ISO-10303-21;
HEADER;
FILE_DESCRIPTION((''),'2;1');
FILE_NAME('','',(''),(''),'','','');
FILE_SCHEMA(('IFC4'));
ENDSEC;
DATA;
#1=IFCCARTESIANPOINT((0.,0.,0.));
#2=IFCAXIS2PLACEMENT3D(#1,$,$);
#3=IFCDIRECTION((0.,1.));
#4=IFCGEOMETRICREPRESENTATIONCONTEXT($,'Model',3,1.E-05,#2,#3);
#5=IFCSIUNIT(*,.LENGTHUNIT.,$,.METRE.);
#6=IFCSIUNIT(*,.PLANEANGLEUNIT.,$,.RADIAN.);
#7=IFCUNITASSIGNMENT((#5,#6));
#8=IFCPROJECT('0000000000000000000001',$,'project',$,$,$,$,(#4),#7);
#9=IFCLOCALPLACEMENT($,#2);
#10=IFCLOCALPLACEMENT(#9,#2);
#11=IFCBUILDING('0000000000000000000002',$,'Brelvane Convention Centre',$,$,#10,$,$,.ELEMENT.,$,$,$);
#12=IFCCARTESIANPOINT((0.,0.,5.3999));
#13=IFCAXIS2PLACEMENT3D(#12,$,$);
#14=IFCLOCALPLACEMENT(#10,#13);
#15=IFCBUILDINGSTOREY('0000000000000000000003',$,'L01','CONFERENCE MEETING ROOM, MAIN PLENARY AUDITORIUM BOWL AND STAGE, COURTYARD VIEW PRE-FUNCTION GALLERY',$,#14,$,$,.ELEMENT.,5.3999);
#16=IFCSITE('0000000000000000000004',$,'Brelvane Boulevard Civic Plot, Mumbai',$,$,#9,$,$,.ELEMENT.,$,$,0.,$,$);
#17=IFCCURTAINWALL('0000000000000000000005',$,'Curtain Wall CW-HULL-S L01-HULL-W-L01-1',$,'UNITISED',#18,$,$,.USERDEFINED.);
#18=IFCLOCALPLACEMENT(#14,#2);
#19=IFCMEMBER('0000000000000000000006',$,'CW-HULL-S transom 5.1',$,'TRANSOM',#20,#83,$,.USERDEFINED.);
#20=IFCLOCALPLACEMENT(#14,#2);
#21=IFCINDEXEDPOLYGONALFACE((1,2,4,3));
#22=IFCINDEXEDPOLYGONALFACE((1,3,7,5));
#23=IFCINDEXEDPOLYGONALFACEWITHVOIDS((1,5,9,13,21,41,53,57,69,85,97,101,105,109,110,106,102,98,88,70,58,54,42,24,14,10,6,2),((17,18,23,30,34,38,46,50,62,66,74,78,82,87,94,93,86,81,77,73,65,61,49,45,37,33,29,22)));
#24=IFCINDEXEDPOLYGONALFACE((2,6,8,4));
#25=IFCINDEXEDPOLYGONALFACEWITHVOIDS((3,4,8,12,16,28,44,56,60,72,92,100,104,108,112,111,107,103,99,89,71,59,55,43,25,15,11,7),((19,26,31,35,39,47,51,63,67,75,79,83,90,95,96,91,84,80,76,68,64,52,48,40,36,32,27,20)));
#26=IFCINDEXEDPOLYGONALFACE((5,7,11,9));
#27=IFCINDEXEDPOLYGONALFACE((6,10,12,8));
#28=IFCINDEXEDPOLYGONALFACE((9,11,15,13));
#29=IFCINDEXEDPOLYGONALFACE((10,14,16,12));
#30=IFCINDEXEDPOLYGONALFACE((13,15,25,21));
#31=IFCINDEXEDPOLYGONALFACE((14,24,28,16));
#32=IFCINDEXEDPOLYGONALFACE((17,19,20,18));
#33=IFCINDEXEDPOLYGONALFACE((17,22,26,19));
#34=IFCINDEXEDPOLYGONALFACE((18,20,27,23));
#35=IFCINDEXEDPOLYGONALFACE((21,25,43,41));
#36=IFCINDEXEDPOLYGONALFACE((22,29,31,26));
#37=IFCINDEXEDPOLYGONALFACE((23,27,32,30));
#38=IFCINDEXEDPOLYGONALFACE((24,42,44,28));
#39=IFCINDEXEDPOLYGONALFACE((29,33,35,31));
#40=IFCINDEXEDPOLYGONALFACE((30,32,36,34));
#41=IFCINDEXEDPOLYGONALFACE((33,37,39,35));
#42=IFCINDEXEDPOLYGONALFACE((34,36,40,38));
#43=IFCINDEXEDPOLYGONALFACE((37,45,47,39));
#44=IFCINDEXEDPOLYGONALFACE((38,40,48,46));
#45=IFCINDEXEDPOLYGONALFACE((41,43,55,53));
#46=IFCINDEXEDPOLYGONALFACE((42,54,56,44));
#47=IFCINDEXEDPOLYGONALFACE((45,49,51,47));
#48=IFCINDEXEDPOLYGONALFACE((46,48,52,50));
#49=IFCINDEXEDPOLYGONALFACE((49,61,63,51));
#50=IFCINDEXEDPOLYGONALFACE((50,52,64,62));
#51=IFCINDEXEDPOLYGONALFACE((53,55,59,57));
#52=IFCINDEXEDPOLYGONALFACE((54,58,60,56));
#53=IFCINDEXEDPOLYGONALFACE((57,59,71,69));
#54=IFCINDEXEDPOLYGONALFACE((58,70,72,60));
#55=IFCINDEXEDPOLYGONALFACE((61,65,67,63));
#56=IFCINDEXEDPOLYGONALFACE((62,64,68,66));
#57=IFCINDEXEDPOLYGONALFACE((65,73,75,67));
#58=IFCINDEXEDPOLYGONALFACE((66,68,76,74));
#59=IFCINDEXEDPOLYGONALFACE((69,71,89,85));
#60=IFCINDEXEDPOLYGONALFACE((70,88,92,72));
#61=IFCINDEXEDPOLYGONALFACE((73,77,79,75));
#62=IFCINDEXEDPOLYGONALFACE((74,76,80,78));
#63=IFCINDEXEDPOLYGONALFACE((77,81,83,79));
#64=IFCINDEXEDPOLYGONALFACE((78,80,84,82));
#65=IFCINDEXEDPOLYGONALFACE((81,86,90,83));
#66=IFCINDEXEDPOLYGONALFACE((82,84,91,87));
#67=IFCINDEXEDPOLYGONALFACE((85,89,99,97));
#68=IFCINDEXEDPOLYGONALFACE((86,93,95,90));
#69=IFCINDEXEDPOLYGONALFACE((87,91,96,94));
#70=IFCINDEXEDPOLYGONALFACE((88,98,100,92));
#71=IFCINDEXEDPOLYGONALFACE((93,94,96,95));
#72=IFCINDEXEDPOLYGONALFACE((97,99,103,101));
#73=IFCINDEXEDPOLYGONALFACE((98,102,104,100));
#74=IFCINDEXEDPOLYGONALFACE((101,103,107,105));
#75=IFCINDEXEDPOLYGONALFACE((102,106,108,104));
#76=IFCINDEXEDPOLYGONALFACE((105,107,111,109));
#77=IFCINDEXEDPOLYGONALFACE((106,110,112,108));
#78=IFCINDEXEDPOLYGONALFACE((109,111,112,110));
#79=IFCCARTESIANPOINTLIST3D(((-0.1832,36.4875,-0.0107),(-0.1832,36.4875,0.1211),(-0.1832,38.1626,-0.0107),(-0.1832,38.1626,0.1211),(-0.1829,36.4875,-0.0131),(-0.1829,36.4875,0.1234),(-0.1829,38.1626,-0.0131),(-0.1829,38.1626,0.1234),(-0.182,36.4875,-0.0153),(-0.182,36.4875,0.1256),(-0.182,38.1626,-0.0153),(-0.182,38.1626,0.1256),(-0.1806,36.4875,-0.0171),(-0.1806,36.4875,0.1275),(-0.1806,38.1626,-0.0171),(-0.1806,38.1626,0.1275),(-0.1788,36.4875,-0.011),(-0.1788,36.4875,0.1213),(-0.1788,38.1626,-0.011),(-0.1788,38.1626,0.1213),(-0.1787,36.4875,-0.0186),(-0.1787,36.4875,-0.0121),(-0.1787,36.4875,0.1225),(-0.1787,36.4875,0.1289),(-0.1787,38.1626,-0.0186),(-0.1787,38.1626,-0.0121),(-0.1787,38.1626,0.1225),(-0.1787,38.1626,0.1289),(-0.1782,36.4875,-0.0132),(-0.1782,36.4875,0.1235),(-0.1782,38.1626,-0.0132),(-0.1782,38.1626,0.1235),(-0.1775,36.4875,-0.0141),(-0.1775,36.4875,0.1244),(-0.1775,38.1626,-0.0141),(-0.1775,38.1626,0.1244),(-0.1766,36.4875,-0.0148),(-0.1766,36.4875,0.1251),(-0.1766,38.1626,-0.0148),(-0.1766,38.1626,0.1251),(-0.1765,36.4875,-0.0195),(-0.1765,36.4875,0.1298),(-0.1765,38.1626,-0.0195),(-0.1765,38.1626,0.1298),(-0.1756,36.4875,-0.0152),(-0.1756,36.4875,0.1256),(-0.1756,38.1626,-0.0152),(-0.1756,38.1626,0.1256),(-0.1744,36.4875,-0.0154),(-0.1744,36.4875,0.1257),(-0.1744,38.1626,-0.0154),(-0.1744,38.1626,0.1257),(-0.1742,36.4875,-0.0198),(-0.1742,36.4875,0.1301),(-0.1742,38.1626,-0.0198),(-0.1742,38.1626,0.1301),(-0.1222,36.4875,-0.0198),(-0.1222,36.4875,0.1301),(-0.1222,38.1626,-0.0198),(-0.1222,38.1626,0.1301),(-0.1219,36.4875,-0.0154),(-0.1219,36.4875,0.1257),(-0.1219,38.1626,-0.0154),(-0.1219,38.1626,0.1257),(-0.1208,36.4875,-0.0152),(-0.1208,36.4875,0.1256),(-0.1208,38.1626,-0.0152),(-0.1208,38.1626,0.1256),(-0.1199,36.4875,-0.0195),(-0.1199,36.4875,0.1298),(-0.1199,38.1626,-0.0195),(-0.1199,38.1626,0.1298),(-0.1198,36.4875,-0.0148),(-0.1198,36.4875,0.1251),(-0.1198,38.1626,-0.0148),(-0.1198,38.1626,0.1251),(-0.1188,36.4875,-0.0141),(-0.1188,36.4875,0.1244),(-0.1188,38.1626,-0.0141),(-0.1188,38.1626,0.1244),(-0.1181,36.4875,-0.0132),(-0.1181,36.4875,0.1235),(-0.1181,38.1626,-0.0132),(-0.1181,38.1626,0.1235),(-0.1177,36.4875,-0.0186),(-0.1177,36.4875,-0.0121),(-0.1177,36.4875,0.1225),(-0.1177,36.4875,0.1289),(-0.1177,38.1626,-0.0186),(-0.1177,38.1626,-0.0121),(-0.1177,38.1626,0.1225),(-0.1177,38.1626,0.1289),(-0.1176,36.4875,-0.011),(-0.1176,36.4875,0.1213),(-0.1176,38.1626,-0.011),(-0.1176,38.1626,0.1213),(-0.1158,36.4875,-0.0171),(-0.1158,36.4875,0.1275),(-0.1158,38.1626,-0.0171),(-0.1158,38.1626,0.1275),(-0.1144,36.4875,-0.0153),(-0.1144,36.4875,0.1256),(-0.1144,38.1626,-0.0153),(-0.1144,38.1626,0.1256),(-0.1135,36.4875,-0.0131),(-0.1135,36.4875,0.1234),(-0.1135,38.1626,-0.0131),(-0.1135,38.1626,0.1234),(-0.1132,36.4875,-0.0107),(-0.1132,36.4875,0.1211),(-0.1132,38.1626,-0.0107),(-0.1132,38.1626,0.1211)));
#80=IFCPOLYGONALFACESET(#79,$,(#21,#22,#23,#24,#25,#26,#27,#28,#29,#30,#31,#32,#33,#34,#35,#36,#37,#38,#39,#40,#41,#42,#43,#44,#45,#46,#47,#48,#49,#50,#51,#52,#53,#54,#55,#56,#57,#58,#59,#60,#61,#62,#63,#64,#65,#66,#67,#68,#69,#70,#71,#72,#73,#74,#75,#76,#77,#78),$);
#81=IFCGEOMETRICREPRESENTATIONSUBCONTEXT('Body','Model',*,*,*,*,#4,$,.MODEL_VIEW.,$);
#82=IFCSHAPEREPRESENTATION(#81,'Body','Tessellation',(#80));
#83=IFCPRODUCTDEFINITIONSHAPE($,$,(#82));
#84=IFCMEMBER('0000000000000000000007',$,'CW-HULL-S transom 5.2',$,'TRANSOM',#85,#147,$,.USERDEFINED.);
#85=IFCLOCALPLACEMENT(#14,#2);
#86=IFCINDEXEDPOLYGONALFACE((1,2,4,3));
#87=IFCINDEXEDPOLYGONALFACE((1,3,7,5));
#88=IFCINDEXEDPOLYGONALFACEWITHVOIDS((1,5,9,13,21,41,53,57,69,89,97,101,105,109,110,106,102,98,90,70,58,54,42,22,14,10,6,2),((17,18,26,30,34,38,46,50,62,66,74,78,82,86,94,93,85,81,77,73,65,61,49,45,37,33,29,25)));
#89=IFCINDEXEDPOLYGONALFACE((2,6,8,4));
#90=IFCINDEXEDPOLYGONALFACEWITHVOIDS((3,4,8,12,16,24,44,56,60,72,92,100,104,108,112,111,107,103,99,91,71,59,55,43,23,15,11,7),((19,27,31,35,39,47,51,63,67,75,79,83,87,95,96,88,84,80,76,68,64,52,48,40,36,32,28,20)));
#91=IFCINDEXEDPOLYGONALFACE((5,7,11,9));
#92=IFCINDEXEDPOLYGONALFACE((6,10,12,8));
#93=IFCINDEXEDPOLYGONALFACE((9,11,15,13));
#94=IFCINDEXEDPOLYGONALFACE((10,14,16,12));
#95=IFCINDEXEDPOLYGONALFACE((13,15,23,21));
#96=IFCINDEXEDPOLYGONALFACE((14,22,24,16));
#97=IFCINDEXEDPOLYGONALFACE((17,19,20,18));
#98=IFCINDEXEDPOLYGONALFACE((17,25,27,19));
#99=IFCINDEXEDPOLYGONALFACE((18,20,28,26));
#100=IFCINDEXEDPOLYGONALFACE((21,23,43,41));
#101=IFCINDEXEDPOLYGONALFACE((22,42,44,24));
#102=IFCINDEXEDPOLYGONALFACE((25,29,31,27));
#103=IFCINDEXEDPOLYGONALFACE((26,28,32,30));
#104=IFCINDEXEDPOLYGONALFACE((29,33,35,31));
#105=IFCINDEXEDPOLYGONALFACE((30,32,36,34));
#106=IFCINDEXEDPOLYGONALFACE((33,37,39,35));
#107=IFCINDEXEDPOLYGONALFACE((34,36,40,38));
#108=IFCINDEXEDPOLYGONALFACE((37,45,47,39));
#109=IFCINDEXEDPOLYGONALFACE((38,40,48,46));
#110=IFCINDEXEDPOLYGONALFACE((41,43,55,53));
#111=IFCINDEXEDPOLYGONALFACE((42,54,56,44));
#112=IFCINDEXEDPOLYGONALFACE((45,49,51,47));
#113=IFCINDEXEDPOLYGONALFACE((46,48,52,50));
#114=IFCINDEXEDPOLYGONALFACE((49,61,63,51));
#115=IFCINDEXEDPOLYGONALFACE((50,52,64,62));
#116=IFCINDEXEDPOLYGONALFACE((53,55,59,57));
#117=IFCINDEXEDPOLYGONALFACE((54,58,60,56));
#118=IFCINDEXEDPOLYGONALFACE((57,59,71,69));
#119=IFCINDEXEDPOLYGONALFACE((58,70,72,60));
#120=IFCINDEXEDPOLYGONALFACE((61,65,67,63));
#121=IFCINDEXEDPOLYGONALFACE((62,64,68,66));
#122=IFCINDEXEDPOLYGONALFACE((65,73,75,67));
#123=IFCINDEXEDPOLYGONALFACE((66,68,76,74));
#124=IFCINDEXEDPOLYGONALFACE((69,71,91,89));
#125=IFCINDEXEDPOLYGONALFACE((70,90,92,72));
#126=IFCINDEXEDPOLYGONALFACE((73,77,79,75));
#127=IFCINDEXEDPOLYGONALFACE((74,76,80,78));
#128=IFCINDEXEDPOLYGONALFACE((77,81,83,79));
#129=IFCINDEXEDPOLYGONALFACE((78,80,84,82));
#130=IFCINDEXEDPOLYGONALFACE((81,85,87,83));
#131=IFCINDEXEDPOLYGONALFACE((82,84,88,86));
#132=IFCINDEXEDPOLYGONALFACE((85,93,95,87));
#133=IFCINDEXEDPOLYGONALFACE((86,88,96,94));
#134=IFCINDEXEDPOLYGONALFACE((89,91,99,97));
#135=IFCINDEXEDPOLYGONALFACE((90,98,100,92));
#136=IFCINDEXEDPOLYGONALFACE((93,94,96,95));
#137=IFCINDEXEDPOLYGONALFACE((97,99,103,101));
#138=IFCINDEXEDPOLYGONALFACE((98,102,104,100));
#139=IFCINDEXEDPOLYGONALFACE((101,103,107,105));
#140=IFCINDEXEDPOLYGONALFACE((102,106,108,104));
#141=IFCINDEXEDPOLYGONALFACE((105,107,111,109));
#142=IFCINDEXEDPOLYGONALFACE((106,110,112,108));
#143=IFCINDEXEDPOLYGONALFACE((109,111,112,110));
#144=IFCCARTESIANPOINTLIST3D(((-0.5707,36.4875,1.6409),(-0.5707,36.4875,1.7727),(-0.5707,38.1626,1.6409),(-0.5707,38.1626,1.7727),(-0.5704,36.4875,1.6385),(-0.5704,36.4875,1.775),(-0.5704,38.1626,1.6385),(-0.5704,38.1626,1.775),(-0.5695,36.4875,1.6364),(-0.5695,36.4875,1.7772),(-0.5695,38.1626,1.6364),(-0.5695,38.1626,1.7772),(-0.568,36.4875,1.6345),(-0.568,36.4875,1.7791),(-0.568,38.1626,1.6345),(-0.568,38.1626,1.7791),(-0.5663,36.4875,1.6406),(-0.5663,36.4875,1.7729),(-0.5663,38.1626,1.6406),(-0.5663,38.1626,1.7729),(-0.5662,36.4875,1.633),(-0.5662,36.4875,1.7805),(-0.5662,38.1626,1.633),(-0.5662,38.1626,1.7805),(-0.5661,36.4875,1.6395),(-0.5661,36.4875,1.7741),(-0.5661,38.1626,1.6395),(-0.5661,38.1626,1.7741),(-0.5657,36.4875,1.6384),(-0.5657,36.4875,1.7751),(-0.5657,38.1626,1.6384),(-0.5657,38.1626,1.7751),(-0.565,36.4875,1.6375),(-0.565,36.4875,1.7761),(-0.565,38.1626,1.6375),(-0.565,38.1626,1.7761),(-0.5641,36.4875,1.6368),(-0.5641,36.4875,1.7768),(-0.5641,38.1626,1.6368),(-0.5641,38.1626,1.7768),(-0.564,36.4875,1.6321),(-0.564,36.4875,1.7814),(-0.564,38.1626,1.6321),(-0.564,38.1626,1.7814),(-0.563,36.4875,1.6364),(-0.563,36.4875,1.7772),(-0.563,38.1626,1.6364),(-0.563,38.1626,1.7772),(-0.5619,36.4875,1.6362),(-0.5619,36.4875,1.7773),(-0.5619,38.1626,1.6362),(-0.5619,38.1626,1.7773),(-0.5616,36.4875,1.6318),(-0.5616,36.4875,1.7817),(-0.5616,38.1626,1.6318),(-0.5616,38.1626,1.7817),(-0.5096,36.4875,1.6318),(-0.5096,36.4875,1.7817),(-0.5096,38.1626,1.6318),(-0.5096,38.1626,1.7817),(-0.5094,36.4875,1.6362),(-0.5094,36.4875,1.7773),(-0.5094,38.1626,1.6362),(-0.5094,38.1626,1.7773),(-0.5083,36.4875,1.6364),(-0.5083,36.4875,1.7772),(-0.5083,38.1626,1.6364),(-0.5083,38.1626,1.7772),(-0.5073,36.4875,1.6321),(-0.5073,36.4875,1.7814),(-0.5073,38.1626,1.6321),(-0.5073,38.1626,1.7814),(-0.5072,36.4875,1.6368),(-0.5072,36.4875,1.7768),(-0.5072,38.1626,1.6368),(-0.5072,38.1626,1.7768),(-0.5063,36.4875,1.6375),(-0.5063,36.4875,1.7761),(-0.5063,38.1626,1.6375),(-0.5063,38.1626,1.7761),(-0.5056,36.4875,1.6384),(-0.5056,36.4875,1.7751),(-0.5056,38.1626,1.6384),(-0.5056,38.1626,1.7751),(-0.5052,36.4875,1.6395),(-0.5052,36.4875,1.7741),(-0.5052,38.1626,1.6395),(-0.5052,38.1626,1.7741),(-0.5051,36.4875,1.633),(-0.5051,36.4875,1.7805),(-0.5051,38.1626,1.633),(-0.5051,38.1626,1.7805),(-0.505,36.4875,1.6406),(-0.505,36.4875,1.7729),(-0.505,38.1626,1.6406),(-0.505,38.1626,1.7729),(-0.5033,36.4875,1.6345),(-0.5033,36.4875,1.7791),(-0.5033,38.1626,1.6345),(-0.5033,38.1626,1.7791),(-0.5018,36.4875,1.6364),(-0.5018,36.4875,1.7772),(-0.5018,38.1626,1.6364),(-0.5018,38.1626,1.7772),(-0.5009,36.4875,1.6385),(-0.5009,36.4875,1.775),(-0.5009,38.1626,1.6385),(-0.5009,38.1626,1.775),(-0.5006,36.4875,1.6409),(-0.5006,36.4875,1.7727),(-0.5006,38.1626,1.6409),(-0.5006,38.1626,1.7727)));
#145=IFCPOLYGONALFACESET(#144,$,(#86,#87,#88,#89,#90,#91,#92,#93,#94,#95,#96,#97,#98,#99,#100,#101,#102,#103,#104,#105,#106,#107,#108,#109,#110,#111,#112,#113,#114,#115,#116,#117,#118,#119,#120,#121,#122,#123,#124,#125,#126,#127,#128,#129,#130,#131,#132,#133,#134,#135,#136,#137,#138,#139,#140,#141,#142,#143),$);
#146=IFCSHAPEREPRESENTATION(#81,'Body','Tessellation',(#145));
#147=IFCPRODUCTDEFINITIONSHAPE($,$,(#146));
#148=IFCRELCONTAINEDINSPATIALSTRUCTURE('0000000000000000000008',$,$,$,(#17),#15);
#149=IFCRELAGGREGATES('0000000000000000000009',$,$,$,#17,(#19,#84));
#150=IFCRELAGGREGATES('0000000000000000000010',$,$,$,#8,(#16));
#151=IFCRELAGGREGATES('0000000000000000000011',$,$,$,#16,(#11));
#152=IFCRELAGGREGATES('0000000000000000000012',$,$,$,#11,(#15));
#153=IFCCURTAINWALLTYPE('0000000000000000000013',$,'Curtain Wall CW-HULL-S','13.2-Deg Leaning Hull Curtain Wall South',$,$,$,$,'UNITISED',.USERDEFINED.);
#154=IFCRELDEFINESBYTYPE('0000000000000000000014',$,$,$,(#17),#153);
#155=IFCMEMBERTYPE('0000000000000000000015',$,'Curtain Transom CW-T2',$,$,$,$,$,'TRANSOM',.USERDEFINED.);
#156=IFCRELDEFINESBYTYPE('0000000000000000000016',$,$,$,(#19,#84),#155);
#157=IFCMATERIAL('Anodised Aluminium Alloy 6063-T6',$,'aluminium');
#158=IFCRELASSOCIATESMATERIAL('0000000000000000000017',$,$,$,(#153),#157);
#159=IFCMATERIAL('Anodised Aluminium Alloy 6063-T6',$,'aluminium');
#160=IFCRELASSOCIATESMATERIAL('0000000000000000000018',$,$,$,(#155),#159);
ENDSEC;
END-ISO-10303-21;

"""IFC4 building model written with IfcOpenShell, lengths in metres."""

from ifc_helpers import new_model, si_unit, direction, frame, origin, origin_2d, place, context, subcontext, project, spatial, hollow_rectangle, extrude, material, material_profile, profile_set, type_object, element, aggregate, save


model = new_model("IFC4")

# Units and contexts
model_context = context("Model", 3, precision=1e-05, world=origin(), true_north=direction((0.0, 1.0)))
body_context = subcontext(model_context, "Body", "Model", "MODEL_VIEW")
ifc_project = project(units=[si_unit("LENGTHUNIT", "METRE"), si_unit("PLANEANGLEUNIT", "RADIAN")], contexts=[model_context])

# Site, building, storey
site_placement = place(None, origin())
site = spatial("IfcSite", under=ifc_project, at=site_placement, Name="Brelvane Boulevard Civic Plot, Mumbai", CompositionType="ELEMENT", RefElevation=0.0)
building_placement = place(site_placement, origin())
building = spatial("IfcBuilding", under=site, at=building_placement, Name="Brelvane Convention Centre", CompositionType="ELEMENT")
storey_placement = place(building_placement, frame((0.0, 0.0, 5.3999)))
storey = spatial("IfcBuildingStorey", under=building, at=storey_placement, Name="L01", Description="CONFERENCE MEETING ROOM, MAIN PLENARY AUDITORIUM BOWL AND STAGE, COURTYARD VIEW PRE-FUNCTION GALLERY", CompositionType="ELEMENT", Elevation=5.3999)

# Curtain wall
ifc_material_1 = material(Name="Anodised Aluminium Alloy 6063-T6", Category="aluminium")
curtain_wall_type = type_object("IfcCurtainWallType", Name="Curtain Wall CW-HULL-S", Description="13.2-Deg Leaning Hull Curtain Wall South", ElementType="UNITISED", PredefinedType="USERDEFINED", material=ifc_material_1)
curtain_wall_1_placement = place(storey_placement, origin())
curtain_wall_1 = element("IfcCurtainWall", 1, at=curtain_wall_1_placement, inside=storey, type_object=curtain_wall_type, Name="Curtain Wall CW-HULL-S L01-HULL-W-L01-1", ObjectType="UNITISED", PredefinedType="USERDEFINED")

# Members
ifc_material_2 = material(Name="Anodised Aluminium Alloy 6063-T6", Category="aluminium")
ifc_material_profile_1 = material_profile(ifc_material_2, hollow_rectangle(XDim=0.0701, YDim=0.1499, WallThickness=0.0044, InnerFilletRadius=0.0044, OuterFilletRadius=0.009, at=origin_2d()), Name="ALU-T 150x70x4.5")
ifc_profile_set_1 = profile_set([ifc_material_profile_1], Name="Anodised Aluminium Alloy 6063-T6")
member_type_1 = type_object("IfcMemberType", Name="Curtain Transom CW-T2", ElementType="TRANSOM", PredefinedType="USERDEFINED", material=ifc_profile_set_1)
member_1_placement = place(storey_placement, frame((-0.1482, 36.4875, 0.0552), z_axis=(0.0, 1.0, 0.0), x_axis=(-1.0, 0.0, 0.0)))
member_1 = element("IfcMember", 2, at=member_1_placement, type_object=member_type_1, Name="CW-HULL-S transom 5.1", ObjectType="TRANSOM", PredefinedType="USERDEFINED", context=body_context, shape_type="SweptSolid", body=[
    extrude(hollow_rectangle(XDim=0.0701, YDim=0.1499, WallThickness=0.0044, InnerFilletRadius=0.0044, OuterFilletRadius=0.009, at=origin_2d()), origin(), (0.0, 0.0, 1.0), 1.675),
])
member_2_placement = place(storey_placement, frame((-0.5356, 36.4875, 1.7068), z_axis=(0.0, 1.0, 0.0), x_axis=(-1.0, 0.0, 0.0)))
member_2 = element("IfcMember", 3, at=member_2_placement, type_object=member_type_1, Name="CW-HULL-S transom 5.2", ObjectType="TRANSOM", PredefinedType="USERDEFINED", context=body_context, shape_type="SweptSolid", body=[
    extrude(hollow_rectangle(XDim=0.0701, YDim=0.1499, WallThickness=0.0044, InnerFilletRadius=0.0044, OuterFilletRadius=0.009, at=origin_2d()), origin(), (0.0, 0.0, 1.0), 1.675),
])

aggregate(curtain_wall_1, [member_1, member_2])

save(model, "model.ifc")
